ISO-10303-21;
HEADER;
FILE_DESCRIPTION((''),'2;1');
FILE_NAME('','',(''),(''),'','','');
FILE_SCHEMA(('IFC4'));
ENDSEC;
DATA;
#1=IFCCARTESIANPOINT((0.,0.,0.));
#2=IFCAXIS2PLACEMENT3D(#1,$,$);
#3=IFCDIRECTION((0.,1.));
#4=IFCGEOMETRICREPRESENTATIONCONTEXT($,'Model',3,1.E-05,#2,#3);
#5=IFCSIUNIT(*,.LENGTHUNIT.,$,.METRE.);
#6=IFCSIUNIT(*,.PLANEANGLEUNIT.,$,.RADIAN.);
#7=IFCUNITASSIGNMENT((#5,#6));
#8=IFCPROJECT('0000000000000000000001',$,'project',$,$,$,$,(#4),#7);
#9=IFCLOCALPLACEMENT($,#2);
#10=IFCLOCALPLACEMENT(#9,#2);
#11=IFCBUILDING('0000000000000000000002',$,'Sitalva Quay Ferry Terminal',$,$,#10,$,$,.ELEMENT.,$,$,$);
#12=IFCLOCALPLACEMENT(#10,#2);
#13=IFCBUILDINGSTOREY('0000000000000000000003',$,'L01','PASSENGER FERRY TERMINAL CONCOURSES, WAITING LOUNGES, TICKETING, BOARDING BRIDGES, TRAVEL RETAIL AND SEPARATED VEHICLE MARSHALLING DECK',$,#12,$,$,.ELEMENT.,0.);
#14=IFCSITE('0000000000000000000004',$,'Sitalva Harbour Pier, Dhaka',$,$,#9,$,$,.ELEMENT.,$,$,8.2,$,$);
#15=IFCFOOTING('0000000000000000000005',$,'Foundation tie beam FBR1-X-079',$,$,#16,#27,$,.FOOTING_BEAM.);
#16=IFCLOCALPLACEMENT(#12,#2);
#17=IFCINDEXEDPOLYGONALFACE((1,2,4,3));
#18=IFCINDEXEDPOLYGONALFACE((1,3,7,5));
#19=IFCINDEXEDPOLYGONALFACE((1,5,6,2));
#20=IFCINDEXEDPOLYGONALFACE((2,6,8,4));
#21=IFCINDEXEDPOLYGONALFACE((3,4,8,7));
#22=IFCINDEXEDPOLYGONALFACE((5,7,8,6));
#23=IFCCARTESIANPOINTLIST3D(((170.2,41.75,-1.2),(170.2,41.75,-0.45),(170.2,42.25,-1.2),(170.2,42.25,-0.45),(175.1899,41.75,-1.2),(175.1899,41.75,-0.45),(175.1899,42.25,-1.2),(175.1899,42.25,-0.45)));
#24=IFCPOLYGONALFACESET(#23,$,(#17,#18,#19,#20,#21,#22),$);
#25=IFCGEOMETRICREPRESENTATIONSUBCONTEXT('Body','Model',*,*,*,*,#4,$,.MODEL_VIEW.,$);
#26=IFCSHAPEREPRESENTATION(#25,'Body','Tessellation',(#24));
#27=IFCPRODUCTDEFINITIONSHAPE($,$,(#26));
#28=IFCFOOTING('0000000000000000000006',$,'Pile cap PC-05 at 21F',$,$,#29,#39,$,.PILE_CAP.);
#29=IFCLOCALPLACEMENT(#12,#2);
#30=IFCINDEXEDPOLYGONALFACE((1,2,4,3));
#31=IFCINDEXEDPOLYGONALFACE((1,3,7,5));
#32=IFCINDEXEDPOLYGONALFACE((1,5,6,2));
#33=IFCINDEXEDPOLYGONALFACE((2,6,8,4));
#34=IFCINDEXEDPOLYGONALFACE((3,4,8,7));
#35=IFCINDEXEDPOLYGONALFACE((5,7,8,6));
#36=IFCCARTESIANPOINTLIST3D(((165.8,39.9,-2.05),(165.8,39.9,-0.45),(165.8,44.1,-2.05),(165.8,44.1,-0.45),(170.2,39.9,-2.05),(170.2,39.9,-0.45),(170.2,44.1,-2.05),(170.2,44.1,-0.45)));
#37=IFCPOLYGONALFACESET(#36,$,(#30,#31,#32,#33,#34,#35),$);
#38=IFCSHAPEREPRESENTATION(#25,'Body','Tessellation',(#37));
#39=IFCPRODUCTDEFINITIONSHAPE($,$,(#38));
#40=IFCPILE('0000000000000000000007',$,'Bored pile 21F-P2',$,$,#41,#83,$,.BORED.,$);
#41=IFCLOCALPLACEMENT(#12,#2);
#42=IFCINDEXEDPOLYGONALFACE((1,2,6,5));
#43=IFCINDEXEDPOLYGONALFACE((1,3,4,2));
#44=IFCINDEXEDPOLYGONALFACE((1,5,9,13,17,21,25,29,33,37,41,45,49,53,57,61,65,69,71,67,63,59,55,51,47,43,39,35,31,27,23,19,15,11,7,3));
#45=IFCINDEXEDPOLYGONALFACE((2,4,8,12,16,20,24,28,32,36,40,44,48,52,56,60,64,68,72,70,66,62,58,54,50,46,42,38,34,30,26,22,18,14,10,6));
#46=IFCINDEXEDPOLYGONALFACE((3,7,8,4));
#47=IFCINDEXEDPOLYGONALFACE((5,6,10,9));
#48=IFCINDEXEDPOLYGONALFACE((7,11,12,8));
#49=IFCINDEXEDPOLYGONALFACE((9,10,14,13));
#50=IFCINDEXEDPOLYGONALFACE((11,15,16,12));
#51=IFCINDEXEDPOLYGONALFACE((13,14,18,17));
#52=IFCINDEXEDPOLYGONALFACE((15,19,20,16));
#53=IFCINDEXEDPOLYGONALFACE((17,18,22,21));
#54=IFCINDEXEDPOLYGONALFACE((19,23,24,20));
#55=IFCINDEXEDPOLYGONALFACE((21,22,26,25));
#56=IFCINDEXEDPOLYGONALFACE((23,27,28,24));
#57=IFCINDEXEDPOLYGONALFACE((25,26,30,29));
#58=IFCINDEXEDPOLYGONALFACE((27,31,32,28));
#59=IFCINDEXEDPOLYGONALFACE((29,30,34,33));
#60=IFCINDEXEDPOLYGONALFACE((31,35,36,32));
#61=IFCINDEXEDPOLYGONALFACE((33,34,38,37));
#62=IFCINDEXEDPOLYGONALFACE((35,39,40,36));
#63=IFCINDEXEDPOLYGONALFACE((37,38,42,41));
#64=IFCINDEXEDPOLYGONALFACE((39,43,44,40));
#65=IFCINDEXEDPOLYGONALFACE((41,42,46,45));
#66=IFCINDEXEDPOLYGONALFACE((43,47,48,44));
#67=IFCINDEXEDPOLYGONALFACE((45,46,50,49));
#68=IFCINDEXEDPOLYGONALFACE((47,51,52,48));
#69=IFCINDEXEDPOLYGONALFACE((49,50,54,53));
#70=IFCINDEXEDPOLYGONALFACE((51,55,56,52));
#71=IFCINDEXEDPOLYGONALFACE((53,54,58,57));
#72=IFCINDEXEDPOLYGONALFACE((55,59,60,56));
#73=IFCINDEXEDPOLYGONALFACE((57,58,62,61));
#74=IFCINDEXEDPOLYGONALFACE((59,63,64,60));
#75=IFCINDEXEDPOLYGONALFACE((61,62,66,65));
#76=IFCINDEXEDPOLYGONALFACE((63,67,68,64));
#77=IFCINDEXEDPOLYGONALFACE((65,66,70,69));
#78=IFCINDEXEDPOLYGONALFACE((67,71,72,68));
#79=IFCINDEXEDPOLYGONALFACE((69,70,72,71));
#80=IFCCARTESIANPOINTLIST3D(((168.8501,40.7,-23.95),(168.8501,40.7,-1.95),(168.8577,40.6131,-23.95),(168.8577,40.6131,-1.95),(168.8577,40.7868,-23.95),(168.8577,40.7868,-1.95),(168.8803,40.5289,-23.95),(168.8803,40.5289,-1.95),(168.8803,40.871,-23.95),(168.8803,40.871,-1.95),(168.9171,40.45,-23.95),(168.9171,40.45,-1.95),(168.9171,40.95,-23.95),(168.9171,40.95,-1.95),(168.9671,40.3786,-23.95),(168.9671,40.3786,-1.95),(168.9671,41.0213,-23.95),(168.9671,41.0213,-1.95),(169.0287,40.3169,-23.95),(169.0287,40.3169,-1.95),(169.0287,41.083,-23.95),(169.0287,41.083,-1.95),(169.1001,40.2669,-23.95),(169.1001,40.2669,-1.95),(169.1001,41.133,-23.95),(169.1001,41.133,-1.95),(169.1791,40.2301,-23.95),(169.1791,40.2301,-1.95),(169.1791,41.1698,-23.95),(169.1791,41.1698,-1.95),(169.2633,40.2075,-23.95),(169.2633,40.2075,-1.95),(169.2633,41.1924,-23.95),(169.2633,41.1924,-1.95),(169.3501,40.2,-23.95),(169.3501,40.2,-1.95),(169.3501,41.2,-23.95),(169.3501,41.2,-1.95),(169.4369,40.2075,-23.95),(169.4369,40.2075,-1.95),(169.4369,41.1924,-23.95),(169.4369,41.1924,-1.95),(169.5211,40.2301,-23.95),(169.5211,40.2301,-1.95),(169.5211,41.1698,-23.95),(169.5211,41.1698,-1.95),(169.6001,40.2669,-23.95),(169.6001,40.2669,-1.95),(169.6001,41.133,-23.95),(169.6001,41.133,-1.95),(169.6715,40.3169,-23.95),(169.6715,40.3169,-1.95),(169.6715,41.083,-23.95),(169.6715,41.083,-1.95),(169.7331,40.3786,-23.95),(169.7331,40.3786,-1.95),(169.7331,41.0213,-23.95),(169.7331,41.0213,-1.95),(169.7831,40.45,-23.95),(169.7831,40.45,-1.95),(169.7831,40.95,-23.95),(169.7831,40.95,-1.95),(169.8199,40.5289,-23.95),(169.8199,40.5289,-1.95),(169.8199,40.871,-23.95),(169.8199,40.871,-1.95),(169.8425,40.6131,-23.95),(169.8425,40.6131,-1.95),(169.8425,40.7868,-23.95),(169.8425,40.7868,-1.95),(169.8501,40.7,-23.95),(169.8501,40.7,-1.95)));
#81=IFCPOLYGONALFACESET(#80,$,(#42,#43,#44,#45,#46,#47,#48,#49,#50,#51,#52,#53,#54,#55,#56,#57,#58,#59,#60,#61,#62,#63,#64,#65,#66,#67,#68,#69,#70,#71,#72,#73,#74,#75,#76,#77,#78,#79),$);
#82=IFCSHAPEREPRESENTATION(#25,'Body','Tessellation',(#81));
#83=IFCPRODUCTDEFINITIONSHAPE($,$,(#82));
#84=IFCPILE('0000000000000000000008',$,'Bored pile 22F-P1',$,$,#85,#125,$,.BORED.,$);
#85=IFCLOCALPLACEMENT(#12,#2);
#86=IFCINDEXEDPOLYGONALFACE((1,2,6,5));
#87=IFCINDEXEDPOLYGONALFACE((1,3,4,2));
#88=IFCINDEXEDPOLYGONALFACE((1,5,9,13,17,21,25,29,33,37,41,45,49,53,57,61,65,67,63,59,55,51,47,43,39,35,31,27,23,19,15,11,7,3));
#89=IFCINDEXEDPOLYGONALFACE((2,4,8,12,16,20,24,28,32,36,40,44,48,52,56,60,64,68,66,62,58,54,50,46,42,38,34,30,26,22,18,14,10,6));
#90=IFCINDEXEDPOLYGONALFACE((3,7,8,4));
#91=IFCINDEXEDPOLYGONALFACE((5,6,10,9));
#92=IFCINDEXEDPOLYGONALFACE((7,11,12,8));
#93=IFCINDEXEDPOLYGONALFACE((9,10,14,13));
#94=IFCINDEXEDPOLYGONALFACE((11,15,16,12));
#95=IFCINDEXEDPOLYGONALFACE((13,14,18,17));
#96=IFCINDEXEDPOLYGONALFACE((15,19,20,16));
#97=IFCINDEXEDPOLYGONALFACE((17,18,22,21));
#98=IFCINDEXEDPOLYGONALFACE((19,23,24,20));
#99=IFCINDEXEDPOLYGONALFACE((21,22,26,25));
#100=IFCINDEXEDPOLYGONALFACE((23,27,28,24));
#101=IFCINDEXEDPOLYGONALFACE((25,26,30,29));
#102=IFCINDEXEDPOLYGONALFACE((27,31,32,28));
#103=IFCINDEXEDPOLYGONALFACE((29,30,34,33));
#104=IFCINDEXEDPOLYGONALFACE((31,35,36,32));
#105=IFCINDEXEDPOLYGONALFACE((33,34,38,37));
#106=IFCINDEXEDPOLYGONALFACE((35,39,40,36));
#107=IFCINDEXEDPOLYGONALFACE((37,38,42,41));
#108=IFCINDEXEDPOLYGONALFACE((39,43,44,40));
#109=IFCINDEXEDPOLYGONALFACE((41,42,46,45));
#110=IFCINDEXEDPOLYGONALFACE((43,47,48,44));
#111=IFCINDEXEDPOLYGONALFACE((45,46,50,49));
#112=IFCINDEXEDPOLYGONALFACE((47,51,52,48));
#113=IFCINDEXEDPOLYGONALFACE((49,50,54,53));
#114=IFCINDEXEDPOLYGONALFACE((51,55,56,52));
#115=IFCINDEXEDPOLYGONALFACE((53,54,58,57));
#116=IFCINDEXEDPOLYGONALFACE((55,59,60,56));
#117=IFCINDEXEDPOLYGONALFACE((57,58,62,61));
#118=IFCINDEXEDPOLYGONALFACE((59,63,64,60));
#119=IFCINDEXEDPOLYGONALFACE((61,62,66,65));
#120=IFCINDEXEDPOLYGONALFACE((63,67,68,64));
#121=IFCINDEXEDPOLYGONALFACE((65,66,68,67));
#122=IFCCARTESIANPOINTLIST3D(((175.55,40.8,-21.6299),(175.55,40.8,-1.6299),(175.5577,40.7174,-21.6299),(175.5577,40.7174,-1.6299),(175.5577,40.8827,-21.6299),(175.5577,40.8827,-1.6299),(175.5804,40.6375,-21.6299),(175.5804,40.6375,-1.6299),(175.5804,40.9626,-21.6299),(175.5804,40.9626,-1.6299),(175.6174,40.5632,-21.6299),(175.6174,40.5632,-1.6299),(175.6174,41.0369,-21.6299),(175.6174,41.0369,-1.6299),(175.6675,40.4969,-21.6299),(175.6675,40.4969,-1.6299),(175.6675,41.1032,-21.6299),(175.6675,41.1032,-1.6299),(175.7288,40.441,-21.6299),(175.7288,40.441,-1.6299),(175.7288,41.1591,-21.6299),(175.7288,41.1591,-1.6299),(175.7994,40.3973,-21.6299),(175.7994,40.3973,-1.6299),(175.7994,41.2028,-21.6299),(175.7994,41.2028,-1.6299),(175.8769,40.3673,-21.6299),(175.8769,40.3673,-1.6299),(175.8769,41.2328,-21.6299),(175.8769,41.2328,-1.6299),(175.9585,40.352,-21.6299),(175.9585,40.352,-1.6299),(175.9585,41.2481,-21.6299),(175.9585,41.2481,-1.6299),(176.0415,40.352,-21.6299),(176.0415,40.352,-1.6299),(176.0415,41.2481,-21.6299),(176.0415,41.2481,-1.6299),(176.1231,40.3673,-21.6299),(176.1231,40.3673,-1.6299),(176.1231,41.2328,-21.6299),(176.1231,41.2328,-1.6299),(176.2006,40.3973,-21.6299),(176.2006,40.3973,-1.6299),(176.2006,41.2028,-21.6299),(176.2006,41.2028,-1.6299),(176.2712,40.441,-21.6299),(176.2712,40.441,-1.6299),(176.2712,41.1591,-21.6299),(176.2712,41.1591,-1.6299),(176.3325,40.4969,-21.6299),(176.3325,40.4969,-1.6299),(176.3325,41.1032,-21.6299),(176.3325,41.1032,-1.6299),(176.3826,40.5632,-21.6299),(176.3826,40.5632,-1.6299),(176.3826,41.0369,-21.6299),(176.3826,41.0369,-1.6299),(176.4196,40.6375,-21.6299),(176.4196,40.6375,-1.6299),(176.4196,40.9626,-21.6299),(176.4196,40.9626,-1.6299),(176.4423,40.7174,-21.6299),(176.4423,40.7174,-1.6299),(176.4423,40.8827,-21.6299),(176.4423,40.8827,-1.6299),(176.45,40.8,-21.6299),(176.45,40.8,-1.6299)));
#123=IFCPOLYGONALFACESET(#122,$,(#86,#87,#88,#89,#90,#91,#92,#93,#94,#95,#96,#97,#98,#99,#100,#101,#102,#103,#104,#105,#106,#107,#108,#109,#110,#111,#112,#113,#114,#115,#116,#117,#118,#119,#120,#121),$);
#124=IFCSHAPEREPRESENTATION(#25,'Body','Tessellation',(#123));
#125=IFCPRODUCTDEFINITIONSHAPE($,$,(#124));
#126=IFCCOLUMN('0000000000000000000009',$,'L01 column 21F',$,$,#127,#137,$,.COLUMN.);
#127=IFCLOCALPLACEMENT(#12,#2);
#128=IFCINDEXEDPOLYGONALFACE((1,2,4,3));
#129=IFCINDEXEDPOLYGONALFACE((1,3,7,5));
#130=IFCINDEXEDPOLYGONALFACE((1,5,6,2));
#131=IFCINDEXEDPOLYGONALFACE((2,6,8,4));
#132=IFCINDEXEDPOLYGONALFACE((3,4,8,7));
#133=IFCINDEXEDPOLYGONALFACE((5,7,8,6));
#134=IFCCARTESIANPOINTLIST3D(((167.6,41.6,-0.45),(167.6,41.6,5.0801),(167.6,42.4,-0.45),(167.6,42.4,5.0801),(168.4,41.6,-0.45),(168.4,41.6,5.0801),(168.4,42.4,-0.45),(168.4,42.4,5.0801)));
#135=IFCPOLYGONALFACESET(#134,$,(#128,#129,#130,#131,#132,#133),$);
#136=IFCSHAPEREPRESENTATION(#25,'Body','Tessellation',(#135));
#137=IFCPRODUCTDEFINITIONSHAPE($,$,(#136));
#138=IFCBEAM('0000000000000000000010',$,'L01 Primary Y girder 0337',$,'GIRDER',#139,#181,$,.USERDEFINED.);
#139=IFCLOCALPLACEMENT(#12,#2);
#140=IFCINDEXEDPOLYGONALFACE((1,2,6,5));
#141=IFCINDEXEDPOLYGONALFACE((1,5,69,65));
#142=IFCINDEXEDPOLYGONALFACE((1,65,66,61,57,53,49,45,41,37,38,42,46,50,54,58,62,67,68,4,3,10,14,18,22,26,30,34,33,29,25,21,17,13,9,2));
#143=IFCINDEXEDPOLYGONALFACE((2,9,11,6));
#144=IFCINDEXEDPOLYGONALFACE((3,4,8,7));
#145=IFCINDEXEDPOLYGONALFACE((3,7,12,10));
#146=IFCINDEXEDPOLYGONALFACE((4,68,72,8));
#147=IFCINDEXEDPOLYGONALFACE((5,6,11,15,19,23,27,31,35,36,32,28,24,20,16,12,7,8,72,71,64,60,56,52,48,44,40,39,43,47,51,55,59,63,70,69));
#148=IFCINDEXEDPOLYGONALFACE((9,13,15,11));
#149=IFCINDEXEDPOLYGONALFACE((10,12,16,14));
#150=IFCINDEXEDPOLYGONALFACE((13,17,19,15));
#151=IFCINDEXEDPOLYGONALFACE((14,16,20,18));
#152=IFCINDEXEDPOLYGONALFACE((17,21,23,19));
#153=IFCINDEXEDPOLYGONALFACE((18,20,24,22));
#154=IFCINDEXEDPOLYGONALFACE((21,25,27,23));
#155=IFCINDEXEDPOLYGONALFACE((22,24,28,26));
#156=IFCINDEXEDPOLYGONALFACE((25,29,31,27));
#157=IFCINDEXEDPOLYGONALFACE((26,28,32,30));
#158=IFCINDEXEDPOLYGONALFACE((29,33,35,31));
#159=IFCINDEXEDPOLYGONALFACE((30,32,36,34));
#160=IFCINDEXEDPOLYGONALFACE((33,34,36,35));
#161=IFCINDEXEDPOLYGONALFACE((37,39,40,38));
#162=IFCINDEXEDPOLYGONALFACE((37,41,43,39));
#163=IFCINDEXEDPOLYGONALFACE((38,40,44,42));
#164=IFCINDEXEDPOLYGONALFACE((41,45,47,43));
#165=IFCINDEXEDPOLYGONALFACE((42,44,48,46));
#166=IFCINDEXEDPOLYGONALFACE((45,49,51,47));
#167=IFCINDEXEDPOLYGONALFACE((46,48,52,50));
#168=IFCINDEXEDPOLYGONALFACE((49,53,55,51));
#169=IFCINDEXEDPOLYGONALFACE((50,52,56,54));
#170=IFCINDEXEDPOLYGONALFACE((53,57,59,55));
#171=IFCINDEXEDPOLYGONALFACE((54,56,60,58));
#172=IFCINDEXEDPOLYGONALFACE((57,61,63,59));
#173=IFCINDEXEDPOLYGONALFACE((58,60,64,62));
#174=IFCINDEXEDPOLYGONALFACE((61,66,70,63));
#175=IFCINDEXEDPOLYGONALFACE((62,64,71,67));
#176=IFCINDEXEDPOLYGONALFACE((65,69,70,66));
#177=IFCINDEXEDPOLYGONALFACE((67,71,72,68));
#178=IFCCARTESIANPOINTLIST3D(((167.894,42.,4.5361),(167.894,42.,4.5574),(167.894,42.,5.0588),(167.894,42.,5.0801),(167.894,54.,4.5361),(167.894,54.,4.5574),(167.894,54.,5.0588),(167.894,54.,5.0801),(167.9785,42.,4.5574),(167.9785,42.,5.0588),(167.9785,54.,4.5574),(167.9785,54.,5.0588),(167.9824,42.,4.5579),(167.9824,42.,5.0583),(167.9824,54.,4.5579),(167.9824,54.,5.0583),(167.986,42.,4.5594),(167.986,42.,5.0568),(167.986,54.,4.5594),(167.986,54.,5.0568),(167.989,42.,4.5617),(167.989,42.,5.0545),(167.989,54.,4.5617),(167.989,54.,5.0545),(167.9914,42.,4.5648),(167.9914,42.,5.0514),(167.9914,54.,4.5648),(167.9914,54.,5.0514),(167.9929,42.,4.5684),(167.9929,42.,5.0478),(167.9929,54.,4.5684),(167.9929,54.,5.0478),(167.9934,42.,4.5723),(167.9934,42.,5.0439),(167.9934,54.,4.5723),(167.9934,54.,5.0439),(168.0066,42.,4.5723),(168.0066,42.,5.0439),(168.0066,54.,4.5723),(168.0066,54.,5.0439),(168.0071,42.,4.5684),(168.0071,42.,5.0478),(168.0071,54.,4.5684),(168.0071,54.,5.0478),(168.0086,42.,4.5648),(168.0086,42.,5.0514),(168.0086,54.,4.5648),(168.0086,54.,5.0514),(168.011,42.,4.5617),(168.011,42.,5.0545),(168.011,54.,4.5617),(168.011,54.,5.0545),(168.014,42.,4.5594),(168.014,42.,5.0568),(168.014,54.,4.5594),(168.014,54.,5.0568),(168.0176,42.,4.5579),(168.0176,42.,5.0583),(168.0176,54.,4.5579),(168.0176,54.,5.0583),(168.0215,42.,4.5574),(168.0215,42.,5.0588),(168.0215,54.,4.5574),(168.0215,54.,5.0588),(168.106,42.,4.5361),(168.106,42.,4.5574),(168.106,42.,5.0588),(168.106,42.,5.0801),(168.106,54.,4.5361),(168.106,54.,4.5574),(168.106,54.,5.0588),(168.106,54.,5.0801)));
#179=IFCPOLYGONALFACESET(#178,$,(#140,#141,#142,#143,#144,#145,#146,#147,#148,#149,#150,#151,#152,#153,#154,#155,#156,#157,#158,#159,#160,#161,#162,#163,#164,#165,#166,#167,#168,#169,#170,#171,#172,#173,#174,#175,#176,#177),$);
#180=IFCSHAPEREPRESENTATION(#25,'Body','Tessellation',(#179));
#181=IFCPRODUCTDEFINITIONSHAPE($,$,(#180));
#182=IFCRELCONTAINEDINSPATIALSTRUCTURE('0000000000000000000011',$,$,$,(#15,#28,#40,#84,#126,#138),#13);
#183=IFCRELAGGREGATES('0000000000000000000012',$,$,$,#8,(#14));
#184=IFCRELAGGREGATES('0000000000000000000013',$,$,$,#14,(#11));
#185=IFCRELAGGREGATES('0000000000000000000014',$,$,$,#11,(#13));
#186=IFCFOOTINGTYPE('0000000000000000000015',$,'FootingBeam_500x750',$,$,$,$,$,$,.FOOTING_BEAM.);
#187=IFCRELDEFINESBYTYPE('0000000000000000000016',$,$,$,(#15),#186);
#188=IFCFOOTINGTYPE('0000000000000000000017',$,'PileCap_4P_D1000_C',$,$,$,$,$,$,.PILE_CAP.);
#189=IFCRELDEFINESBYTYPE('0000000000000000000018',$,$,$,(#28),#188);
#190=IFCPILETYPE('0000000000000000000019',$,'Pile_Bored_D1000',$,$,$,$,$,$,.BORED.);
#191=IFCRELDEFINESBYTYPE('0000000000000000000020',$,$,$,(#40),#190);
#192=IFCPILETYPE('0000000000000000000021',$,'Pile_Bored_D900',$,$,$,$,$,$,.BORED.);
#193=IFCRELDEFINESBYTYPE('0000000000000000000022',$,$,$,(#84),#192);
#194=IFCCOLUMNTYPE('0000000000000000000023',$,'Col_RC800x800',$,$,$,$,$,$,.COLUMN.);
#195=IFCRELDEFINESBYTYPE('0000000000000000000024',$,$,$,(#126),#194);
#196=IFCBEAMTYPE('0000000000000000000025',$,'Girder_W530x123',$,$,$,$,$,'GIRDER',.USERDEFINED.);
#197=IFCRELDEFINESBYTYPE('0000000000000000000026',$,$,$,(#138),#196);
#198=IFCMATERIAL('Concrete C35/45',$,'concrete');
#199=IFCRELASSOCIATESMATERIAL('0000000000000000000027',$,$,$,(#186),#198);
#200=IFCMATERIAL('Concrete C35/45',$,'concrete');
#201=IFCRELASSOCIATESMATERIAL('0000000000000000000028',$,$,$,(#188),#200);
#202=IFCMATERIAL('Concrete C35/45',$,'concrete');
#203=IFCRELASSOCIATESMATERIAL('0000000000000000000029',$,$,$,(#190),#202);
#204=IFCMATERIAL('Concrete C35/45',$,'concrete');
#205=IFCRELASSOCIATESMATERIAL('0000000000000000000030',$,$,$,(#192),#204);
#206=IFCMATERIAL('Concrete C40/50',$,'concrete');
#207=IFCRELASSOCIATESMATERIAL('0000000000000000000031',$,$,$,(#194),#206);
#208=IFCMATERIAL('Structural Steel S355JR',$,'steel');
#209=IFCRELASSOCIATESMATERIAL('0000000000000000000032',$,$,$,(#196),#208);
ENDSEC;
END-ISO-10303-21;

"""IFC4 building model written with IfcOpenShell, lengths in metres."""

from ifc_helpers import new_model, si_unit, direction, frame, origin, origin_2d, place, context, subcontext, project, spatial, rectangle, circle, i_section, extrude, material, material_profile, profile_set, type_object, element, save


model = new_model("IFC4")

# Units and contexts
model_context = context("Model", 3, precision=1e-05, world=origin(), true_north=direction((0.0, 1.0)))
body_context = subcontext(model_context, "Body", "Model", "MODEL_VIEW")
ifc_project = project(units=[si_unit("LENGTHUNIT", "METRE"), si_unit("PLANEANGLEUNIT", "RADIAN")], contexts=[model_context])

# Site, building, storey
site_placement = place(None, origin())
site = spatial("IfcSite", under=ifc_project, at=site_placement, Name="Sitalva Harbour Pier, Dhaka", CompositionType="ELEMENT", RefElevation=8.2)
building_placement = place(site_placement, origin())
building = spatial("IfcBuilding", under=site, at=building_placement, Name="Sitalva Quay Ferry Terminal", CompositionType="ELEMENT")
storey_placement = place(building_placement, origin())
storey = spatial("IfcBuildingStorey", under=building, at=storey_placement, Name="L01", Description="PASSENGER FERRY TERMINAL CONCOURSES, WAITING LOUNGES, TICKETING, BOARDING BRIDGES, TRAVEL RETAIL AND SEPARATED VEHICLE MARSHALLING DECK", CompositionType="ELEMENT", Elevation=0.0)

# Footings
ifc_material_1 = material(Name="Concrete C35/45", Category="concrete")
ifc_material_profile_1 = material_profile(ifc_material_1, rectangle(XDim=0.5, YDim=0.75, at=origin_2d()), Name="RC500x750")
ifc_profile_set_1 = profile_set([ifc_material_profile_1], Name="Concrete C35/45")
footing_type_1 = type_object("IfcFootingType", Name="FootingBeam_500x750", PredefinedType="FOOTING_BEAM", material=ifc_profile_set_1)
footing_1_placement = place(storey_placement, frame((170.2, 42.0, -0.825), z_axis=(1.0, 0.0, 0.0), x_axis=(0.0, 1.0, 0.0)))
element("IfcFooting", 1, at=footing_1_placement, inside=storey, type_object=footing_type_1, Name="Foundation tie beam FBR1-X-079", PredefinedType="FOOTING_BEAM", context=body_context, shape_type="SweptSolid", body=[
    extrude(rectangle(XDim=0.5, YDim=0.75, at=origin_2d()), origin(), (0.0, 0.0, 1.0), 4.99),
])
ifc_material_2 = material(Name="Concrete C35/45", Category="concrete")
footing_type_2 = type_object("IfcFootingType", Name="PileCap_4P_D1000_C", PredefinedType="PILE_CAP", material=ifc_material_2)
footing_2_placement = place(storey_placement, frame((168.0, 42.0, -2.05), z_axis=(0.0, 0.0, 1.0), x_axis=(1.0, 0.0, 0.0)))
element("IfcFooting", 2, at=footing_2_placement, inside=storey, type_object=footing_type_2, Name="Pile cap PC-05 at 21F", PredefinedType="PILE_CAP", context=body_context, shape_type="SweptSolid", body=[
    extrude(rectangle(XDim=4.3999, YDim=4.2, at=origin_2d()), origin(), (0.0, 0.0, 1.0), 1.6001),
])

# Piles
ifc_material_3 = material(Name="Concrete C35/45", Category="concrete")
ifc_material_profile_2 = material_profile(ifc_material_3, circle(Radius=0.5, at=origin_2d()), Name="PILE-D1000")
ifc_profile_set_2 = profile_set([ifc_material_profile_2], Name="Concrete C35/45")
pile_type_1 = type_object("IfcPileType", Name="Pile_Bored_D1000", PredefinedType="BORED", material=ifc_profile_set_2)
pile_1_placement = place(storey_placement, frame((169.3501, 40.7, -1.95), z_axis=(0.0, 0.0, -1.0), x_axis=(1.0, 0.0, 0.0)))
element("IfcPile", 3, at=pile_1_placement, inside=storey, type_object=pile_type_1, Name="Bored pile 21F-P2", PredefinedType="BORED", context=body_context, shape_type="SweptSolid", body=[
    extrude(circle(Radius=0.5, at=origin_2d()), origin(), (0.0, 0.0, 1.0), 22.0),
])
ifc_material_4 = material(Name="Concrete C35/45", Category="concrete")
ifc_material_profile_3 = material_profile(ifc_material_4, circle(Radius=0.45, at=origin_2d()), Name="PILE-D900")
ifc_profile_set_3 = profile_set([ifc_material_profile_3], Name="Concrete C35/45")
pile_type_2 = type_object("IfcPileType", Name="Pile_Bored_D900", PredefinedType="BORED", material=ifc_profile_set_3)
pile_2_placement = place(storey_placement, frame((176.0, 40.8, -1.6299), z_axis=(0.0, 0.0, -1.0), x_axis=(1.0, 0.0, 0.0)))
element("IfcPile", 4, at=pile_2_placement, inside=storey, type_object=pile_type_2, Name="Bored pile 22F-P1", PredefinedType="BORED", context=body_context, shape_type="SweptSolid", body=[
    extrude(circle(Radius=0.45, at=origin_2d()), origin(), (0.0, 0.0, 1.0), 20.0),
])

# Column
ifc_material_5 = material(Name="Concrete C40/50", Category="concrete")
ifc_material_profile_4 = material_profile(ifc_material_5, rectangle(XDim=0.8, YDim=0.8, at=origin_2d()), Name="RC800x800")
ifc_profile_set_4 = profile_set([ifc_material_profile_4], Name="Concrete C40/50")
column_type = type_object("IfcColumnType", Name="Col_RC800x800", PredefinedType="COLUMN", material=ifc_profile_set_4)
column_placement = place(storey_placement, frame((168.0, 42.0, -0.45), z_axis=(0.0, 0.0, 1.0), x_axis=(1.0, 0.0, 0.0)))
element("IfcColumn", 5, at=column_placement, inside=storey, type_object=column_type, Name="L01 column 21F", PredefinedType="COLUMN", context=body_context, shape_type="SweptSolid", body=[
    extrude(rectangle(XDim=0.8, YDim=0.8, at=origin_2d()), origin(), (0.0, 0.0, 1.0), 5.53),
])

# Beam
ifc_material_6 = material(Name="Structural Steel S355JR", Category="steel")
ifc_material_profile_5 = material_profile(ifc_material_6, i_section(OverallWidth=0.2119, OverallDepth=0.5439, WebThickness=0.0132, FlangeThickness=0.0212, FilletRadius=0.0149, at=origin_2d()), Name="W530x123")
ifc_profile_set_5 = profile_set([ifc_material_profile_5], Name="Structural Steel S355JR")
beam_type = type_object("IfcBeamType", Name="Girder_W530x123", ElementType="GIRDER", PredefinedType="USERDEFINED", material=ifc_profile_set_5)
beam_placement = place(storey_placement, frame((168.0, 42.0, 4.8081), z_axis=(0.0, 1.0, 0.0), x_axis=(-1.0, 0.0, 0.0)))
element("IfcBeam", 6, at=beam_placement, inside=storey, type_object=beam_type, Name="L01 Primary Y girder 0337", ObjectType="GIRDER", PredefinedType="USERDEFINED", context=body_context, shape_type="SweptSolid", body=[
    extrude(i_section(OverallWidth=0.2119, OverallDepth=0.5439, WebThickness=0.0132, FlangeThickness=0.0212, FilletRadius=0.0149, at=origin_2d()), origin(), (0.0, 0.0, 1.0), 12.0),
])

save(model, "model.ifc")
